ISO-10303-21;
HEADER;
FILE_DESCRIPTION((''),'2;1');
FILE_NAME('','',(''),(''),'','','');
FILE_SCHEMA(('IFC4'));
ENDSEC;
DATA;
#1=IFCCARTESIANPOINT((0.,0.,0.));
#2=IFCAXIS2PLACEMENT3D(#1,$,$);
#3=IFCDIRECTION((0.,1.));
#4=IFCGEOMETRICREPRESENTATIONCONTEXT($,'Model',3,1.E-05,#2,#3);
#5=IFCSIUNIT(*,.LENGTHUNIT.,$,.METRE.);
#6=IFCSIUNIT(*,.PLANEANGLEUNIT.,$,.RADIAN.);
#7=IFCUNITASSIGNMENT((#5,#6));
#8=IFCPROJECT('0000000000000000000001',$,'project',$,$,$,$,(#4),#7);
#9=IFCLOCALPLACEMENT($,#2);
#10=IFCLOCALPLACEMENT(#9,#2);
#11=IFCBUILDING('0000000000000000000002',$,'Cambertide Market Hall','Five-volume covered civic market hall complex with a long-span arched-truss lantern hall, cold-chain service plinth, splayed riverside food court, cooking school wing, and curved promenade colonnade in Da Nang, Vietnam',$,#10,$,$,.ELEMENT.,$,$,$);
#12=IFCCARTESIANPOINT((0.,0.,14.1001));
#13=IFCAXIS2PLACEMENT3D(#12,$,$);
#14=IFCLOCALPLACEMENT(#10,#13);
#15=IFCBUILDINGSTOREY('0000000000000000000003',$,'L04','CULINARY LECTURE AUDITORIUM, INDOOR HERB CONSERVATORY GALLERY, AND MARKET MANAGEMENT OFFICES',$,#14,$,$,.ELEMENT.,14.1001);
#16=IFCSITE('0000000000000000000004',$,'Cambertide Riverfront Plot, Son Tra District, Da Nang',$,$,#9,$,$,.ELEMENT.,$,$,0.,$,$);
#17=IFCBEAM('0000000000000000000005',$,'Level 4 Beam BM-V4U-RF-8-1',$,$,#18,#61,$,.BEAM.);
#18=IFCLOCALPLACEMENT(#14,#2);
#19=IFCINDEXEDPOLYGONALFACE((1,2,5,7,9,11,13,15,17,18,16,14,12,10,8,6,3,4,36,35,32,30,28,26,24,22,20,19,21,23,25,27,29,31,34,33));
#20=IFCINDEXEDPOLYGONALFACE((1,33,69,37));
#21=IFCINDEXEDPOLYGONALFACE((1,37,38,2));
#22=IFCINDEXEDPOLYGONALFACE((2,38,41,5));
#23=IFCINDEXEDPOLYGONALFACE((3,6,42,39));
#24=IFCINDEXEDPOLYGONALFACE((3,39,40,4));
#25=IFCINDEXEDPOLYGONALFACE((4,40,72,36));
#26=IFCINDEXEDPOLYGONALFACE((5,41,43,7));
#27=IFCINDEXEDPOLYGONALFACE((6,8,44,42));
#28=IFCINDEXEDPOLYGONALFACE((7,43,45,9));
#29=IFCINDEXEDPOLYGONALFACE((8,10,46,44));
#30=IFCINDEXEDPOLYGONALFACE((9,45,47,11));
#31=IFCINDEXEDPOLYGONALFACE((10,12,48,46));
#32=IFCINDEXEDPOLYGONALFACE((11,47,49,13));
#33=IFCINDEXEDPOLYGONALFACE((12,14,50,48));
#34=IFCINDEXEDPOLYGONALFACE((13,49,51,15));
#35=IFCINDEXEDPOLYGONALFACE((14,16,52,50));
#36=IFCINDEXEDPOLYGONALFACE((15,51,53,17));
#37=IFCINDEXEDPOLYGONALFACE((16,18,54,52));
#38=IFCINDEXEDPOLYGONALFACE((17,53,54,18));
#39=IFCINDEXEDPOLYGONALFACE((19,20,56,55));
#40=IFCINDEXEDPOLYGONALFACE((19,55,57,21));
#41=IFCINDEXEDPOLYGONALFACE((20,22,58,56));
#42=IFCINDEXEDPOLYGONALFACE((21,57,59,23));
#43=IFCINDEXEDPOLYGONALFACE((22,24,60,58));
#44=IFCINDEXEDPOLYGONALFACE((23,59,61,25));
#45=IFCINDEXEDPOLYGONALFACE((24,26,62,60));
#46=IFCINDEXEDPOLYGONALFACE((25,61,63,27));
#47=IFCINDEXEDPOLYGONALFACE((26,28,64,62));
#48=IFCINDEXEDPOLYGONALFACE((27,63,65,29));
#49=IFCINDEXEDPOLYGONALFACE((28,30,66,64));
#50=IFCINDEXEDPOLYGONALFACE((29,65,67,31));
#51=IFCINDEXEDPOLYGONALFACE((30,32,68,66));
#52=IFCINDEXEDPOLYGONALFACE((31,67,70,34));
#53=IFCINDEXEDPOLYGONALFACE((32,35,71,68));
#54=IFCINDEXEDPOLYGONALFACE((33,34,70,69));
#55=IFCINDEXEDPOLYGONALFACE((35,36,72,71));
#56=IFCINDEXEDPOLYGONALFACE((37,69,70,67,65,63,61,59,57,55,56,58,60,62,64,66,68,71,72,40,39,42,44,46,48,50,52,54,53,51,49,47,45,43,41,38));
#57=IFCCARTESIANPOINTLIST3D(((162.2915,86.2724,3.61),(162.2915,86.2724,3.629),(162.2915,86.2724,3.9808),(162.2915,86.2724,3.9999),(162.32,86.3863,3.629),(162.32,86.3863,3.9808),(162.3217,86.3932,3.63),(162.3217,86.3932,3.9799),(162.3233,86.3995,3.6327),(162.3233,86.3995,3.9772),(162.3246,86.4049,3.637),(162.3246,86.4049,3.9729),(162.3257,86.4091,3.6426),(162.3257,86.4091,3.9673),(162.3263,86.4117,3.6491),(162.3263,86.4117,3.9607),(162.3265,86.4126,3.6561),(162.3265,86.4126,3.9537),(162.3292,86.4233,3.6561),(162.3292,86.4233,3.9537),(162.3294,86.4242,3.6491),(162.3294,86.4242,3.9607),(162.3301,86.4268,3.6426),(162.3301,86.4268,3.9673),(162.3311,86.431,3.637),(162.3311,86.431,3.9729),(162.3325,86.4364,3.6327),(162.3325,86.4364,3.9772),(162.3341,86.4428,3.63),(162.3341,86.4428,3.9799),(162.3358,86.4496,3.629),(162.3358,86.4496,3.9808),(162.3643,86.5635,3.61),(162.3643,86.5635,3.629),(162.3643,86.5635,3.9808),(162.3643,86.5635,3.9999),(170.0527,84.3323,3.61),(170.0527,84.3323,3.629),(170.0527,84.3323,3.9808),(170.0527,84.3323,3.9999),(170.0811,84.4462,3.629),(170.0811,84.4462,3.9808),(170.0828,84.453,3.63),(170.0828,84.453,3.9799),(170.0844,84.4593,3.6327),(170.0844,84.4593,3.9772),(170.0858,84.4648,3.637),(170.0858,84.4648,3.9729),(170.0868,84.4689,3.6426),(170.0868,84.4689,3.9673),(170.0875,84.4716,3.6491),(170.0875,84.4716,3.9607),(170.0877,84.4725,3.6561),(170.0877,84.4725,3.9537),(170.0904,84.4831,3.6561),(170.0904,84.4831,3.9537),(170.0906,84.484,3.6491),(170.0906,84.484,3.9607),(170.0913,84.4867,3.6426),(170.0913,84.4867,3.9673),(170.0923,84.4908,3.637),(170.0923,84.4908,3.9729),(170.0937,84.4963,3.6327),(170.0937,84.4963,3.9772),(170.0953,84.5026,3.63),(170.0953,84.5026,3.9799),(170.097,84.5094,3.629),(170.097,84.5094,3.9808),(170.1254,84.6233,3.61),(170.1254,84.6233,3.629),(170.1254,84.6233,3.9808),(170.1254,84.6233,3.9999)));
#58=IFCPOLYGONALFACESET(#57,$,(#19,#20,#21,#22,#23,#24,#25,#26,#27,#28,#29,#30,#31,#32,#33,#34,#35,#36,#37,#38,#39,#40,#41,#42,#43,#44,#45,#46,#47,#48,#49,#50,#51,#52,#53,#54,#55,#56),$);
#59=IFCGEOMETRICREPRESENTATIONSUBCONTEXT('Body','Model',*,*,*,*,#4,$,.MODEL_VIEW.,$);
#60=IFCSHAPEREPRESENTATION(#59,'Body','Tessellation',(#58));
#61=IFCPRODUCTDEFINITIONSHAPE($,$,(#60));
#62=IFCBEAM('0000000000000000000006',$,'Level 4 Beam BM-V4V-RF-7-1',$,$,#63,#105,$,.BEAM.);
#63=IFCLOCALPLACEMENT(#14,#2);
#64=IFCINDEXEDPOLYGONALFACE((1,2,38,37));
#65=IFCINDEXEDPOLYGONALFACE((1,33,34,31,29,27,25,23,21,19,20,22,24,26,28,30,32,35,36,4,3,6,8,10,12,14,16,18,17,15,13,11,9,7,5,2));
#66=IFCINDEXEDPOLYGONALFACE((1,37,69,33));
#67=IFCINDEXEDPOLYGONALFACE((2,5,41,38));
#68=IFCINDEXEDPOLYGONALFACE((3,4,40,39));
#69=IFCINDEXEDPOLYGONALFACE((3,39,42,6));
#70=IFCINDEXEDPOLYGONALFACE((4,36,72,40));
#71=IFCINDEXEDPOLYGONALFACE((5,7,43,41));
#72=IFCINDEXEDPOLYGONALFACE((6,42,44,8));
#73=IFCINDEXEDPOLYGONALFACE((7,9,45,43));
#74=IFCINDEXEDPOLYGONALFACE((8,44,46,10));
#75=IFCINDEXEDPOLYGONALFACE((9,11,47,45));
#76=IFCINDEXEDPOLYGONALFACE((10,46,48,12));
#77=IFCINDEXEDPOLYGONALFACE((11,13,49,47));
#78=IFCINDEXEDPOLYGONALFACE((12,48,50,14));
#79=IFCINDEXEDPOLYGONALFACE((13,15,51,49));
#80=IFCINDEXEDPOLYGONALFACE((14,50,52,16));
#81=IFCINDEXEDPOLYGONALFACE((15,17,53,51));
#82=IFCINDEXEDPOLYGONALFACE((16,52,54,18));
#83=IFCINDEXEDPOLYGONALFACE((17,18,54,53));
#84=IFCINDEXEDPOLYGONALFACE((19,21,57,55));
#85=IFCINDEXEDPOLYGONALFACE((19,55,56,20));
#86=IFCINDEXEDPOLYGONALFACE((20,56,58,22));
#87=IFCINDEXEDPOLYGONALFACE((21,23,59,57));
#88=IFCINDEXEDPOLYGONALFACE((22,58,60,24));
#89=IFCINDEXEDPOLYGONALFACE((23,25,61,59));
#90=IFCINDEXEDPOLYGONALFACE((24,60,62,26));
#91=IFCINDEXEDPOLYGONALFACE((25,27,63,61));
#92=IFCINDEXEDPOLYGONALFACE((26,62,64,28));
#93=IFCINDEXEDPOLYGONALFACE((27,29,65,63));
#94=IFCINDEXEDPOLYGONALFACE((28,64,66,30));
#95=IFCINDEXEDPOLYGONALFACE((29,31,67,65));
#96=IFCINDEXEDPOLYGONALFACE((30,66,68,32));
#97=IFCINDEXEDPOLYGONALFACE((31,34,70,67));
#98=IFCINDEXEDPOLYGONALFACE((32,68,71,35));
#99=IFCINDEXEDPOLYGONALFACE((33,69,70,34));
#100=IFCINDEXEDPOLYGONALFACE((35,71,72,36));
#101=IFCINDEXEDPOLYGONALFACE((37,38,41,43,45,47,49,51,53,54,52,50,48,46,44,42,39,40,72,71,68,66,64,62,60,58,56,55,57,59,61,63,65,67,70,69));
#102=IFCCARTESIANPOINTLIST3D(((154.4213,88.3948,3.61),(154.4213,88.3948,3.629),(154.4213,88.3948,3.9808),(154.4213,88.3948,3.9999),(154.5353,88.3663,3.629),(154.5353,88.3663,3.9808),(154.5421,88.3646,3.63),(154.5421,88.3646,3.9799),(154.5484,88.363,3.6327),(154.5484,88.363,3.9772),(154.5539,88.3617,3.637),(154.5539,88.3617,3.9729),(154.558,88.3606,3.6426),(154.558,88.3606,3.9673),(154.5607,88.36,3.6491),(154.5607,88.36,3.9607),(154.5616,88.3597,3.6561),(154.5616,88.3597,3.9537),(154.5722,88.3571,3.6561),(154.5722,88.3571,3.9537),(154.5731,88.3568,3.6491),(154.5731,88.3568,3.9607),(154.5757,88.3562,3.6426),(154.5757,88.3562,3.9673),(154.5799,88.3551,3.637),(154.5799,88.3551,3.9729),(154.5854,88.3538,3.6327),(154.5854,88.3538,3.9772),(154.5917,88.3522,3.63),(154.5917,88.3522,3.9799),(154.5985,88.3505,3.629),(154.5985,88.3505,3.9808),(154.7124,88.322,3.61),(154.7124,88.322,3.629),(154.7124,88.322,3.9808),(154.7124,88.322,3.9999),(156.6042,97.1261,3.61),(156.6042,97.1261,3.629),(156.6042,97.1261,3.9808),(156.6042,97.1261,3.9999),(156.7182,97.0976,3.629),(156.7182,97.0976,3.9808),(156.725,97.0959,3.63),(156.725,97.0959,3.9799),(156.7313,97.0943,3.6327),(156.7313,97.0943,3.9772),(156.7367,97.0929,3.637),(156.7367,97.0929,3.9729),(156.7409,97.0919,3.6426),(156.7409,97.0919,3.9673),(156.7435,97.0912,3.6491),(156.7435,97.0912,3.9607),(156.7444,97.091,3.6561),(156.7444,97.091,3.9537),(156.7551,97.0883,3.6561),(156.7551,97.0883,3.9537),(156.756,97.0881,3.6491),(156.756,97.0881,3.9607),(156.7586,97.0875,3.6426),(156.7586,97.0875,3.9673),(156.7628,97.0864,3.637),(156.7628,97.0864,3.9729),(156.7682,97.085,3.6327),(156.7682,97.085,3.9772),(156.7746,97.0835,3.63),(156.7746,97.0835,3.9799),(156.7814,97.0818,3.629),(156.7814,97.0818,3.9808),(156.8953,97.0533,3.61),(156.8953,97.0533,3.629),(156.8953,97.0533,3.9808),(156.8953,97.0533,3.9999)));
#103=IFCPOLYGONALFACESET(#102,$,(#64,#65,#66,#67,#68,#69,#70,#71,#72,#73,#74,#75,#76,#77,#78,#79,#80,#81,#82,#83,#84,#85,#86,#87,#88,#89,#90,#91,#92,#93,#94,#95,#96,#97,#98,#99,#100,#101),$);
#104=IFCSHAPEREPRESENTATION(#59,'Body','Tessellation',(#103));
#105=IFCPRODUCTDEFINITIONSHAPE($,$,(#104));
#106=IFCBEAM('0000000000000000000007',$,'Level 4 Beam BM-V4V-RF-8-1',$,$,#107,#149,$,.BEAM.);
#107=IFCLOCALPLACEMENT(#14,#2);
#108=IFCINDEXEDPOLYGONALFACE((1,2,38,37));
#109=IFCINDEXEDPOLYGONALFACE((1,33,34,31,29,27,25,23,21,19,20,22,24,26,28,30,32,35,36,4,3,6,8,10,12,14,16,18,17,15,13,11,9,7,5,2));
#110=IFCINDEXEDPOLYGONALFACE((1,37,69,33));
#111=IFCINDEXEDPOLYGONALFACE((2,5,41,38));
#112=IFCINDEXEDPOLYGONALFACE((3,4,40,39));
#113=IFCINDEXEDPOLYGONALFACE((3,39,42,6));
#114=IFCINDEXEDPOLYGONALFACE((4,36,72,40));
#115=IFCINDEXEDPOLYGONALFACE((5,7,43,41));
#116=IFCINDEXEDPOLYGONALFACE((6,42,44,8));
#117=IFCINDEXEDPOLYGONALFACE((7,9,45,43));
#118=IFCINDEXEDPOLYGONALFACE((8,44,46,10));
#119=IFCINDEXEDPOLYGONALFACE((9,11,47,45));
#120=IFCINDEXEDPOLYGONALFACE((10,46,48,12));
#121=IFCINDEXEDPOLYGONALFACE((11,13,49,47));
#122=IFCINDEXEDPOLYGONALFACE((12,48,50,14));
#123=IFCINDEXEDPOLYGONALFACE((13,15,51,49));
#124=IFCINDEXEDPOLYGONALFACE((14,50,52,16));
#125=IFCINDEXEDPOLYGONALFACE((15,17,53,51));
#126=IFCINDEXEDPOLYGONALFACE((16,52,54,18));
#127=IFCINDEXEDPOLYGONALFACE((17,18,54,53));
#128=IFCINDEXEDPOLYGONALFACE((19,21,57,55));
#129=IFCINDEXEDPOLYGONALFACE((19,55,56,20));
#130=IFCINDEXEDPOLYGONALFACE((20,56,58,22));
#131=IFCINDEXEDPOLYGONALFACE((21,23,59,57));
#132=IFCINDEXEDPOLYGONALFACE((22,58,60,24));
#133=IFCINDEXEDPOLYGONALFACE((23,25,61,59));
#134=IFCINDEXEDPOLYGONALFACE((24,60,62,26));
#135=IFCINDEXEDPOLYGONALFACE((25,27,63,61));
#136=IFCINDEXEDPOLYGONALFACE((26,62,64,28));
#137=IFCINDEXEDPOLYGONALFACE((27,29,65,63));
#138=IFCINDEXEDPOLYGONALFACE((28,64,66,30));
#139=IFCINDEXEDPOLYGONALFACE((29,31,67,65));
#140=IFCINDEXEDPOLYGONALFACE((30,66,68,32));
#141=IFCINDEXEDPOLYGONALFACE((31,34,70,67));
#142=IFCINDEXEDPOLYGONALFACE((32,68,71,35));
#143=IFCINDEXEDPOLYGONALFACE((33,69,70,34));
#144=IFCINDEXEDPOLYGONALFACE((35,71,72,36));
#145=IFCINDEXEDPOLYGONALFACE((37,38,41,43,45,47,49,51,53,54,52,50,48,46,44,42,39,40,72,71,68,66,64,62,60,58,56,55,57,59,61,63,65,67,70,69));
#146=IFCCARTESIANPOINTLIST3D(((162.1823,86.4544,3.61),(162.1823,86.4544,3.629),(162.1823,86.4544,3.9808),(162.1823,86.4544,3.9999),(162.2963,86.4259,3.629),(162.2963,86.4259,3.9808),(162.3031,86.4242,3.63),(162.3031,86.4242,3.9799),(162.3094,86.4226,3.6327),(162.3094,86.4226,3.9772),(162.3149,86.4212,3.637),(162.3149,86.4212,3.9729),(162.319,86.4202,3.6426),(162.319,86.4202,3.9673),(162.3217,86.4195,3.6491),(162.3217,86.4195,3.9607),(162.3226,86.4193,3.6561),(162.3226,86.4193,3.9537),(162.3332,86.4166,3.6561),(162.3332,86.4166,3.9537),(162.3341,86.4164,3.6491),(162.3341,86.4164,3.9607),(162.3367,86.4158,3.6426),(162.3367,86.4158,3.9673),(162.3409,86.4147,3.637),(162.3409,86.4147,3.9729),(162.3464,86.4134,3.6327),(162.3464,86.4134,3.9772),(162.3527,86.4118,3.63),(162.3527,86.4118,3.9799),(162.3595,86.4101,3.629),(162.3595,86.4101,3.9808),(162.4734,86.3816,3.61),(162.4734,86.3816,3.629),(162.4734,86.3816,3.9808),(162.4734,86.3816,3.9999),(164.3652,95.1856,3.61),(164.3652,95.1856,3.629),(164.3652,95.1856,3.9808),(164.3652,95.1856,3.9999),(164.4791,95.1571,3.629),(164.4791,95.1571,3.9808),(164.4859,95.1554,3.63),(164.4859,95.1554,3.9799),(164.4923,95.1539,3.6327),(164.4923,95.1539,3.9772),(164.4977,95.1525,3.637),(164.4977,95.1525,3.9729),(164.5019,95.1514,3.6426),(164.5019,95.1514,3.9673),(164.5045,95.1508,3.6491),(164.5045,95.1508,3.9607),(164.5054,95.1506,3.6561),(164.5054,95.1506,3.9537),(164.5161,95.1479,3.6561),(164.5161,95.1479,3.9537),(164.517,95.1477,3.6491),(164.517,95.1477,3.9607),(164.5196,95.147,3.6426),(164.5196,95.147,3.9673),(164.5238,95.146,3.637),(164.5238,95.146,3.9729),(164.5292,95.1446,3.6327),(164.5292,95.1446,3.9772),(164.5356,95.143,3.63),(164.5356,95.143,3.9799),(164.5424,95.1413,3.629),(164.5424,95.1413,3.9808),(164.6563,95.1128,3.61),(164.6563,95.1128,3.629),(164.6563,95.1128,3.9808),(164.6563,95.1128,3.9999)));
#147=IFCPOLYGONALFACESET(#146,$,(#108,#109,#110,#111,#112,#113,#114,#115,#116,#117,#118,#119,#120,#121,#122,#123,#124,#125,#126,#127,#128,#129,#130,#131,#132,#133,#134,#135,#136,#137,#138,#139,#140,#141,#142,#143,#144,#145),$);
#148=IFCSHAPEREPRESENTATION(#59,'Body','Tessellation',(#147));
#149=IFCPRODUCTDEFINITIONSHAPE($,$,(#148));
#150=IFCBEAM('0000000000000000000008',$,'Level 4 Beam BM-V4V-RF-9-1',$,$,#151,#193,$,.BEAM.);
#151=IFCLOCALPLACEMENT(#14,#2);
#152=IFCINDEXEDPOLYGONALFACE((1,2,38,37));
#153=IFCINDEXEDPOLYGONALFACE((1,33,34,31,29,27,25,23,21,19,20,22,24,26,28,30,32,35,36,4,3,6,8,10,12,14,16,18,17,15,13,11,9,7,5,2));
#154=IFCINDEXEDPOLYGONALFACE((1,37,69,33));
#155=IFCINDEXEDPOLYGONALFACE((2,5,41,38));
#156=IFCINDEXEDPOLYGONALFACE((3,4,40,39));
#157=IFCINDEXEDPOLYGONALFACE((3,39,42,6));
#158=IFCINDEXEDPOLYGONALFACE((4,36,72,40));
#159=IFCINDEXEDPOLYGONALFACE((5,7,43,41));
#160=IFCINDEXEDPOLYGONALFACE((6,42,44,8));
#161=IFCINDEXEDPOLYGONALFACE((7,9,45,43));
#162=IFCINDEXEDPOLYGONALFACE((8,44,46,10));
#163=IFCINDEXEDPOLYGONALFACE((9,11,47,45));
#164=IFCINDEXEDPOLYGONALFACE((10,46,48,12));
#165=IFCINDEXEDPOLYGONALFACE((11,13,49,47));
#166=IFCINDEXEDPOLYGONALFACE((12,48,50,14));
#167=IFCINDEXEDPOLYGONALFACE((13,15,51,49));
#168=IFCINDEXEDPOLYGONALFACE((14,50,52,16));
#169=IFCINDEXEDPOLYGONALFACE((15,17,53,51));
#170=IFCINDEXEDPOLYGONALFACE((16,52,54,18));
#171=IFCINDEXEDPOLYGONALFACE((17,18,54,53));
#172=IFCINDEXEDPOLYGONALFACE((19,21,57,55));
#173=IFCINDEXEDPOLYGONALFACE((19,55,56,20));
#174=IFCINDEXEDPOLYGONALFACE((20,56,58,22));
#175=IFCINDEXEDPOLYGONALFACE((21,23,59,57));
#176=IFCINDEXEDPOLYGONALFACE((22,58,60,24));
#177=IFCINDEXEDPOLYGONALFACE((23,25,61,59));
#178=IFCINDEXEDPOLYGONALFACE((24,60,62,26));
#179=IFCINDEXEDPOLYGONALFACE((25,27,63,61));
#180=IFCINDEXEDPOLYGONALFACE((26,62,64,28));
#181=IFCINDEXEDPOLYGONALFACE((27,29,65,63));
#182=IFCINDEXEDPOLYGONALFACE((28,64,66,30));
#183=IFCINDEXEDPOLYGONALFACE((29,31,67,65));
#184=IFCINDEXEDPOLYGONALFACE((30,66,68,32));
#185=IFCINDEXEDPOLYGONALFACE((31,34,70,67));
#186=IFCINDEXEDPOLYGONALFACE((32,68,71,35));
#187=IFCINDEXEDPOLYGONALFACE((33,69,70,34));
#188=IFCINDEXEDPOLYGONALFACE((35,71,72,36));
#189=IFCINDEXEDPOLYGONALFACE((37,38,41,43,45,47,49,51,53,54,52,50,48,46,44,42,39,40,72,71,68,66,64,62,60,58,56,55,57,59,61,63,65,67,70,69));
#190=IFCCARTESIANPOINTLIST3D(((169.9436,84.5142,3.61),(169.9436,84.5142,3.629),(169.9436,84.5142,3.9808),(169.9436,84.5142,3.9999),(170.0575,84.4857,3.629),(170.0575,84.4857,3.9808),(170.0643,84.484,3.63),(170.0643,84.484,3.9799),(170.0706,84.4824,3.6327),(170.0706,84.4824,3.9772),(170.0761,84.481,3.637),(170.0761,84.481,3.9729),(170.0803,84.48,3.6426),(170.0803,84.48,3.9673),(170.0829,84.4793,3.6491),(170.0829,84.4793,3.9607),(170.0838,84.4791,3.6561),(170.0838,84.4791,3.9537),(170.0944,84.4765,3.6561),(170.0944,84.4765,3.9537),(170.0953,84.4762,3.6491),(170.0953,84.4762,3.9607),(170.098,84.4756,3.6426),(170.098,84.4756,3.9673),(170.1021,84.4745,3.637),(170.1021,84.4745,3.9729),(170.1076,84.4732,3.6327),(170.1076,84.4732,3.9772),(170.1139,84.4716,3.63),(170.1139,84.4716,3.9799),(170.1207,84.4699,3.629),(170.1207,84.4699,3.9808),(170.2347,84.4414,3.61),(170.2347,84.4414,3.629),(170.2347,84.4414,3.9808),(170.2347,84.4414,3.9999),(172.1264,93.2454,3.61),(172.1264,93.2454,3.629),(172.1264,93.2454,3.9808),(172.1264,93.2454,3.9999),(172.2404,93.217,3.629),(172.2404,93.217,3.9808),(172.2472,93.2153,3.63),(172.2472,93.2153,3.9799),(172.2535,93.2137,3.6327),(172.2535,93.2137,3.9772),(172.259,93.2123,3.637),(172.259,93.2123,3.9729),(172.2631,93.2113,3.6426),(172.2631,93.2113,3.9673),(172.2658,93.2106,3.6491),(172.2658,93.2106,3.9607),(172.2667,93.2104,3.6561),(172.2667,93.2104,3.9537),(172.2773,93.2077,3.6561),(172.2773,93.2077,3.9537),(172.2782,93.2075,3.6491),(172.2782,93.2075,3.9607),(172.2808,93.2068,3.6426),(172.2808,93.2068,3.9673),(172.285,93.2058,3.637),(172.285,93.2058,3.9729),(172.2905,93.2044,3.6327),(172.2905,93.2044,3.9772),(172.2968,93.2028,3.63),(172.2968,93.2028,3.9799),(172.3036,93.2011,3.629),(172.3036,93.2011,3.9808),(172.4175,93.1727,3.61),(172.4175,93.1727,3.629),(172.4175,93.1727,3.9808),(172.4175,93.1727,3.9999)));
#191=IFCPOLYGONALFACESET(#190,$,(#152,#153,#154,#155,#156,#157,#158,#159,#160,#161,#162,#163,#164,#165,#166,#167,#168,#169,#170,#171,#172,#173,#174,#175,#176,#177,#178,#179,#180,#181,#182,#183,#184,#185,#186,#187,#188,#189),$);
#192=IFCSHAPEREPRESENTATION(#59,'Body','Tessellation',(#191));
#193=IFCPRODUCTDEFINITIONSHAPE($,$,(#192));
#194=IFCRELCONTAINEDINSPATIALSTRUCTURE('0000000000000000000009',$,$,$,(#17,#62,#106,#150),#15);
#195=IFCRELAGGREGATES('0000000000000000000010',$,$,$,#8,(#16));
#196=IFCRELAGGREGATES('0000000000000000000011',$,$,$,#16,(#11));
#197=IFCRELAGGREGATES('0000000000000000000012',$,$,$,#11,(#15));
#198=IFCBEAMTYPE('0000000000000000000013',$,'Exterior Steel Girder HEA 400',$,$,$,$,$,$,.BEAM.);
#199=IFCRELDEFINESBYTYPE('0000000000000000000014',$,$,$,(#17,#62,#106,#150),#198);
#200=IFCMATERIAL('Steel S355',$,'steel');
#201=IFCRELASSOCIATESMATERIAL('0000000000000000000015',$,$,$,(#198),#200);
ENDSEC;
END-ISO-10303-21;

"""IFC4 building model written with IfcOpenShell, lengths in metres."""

from ifc_helpers import new_model, si_unit, direction, frame, origin, origin_2d, place, context, subcontext, project, spatial, i_section, extrude, material, material_profile, profile_set, type_object, element, save


model = new_model("IFC4")

# Units and contexts
model_context = context("Model", 3, precision=1e-05, world=origin(), true_north=direction((0.0, 1.0)))
body_context = subcontext(model_context, "Body", "Model", "MODEL_VIEW")
ifc_project = project(units=[si_unit("LENGTHUNIT", "METRE"), si_unit("PLANEANGLEUNIT", "RADIAN")], contexts=[model_context])

# Site, building, storey
site_placement = place(None, origin())
site = spatial("IfcSite", under=ifc_project, at=site_placement, Name="Cambertide Riverfront Plot, Son Tra District, Da Nang", CompositionType="ELEMENT", RefElevation=0.0)
building_placement = place(site_placement, origin())
building = spatial("IfcBuilding", under=site, at=building_placement, Name="Cambertide Market Hall", Description="Five-volume covered civic market hall complex with a long-span arched-truss lantern hall, cold-chain service plinth, splayed riverside food court, cooking school wing, and curved promenade colonnade in Da Nang, Vietnam", CompositionType="ELEMENT")
storey_placement = place(building_placement, frame((0.0, 0.0, 14.1001)))
storey = spatial("IfcBuildingStorey", under=building, at=storey_placement, Name="L04", Description="CULINARY LECTURE AUDITORIUM, INDOOR HERB CONSERVATORY GALLERY, AND MARKET MANAGEMENT OFFICES", CompositionType="ELEMENT", Elevation=14.1001)

# Beams
ifc_material_1 = material(Name="Steel S355", Category="steel")
ifc_material_profile_1 = material_profile(ifc_material_1, i_section(OverallWidth=0.3, OverallDepth=0.3899, WebThickness=0.011, FlangeThickness=0.019, FilletRadius=0.0271, at=origin_2d()), Name="HEA 400")
ifc_profile_set_1 = profile_set([ifc_material_profile_1], Name="Steel S355")
beam_type_1 = type_object("IfcBeamType", Name="Exterior Steel Girder HEA 400", PredefinedType="BEAM", material=ifc_profile_set_1)
for number, where, z_axis, x_axis, name in (
    (1, (162.3279, 86.418, 3.8049), (0.970146, -0.242521, 0.0), (0.242521, 0.970146, 0.0), "Level 4 Beam BM-V4U-RF-8-1"),
):
    element("IfcBeam", number, at=place(storey_placement, frame(where, z_axis=z_axis, x_axis=x_axis)), inside=storey, type_object=beam_type_1, Name=name, PredefinedType="BEAM", context=body_context, shape_type="SweptSolid", body=[
        extrude(i_section(OverallWidth=0.3, OverallDepth=0.3899, WebThickness=0.011, FlangeThickness=0.019, FilletRadius=0.0271, at=origin_2d()), origin(), (0.0, 0.0, 1.0), 8.0),
    ])
for number, where, z_axis, x_axis, name in (
    (2, (154.5669, 88.3584, 3.8049), (0.242542, 0.970141, 0.0), (-0.970141, 0.242542, 0.0), "Level 4 Beam BM-V4V-RF-7-1"),
    (3, (162.3279, 86.418, 3.8049), (0.242542, 0.970141, 0.0), (-0.970141, 0.242542, 0.0), "Level 4 Beam BM-V4V-RF-8-1"),
    (4, (170.0891, 84.4778, 3.8049), (0.242542, 0.970141, 0.0), (-0.970141, 0.242542, 0.0), "Level 4 Beam BM-V4V-RF-9-1"),
):
    element("IfcBeam", number, at=place(storey_placement, frame(where, z_axis=z_axis, x_axis=x_axis)), inside=storey, type_object=beam_type_1, Name=name, PredefinedType="BEAM", context=body_context, shape_type="SweptSolid", body=[
        extrude(i_section(OverallWidth=0.3, OverallDepth=0.3899, WebThickness=0.011, FlangeThickness=0.019, FilletRadius=0.0271, at=origin_2d()), origin(), (0.0, 0.0, 1.0), 9.0),
    ])

save(model, "model.ifc")
